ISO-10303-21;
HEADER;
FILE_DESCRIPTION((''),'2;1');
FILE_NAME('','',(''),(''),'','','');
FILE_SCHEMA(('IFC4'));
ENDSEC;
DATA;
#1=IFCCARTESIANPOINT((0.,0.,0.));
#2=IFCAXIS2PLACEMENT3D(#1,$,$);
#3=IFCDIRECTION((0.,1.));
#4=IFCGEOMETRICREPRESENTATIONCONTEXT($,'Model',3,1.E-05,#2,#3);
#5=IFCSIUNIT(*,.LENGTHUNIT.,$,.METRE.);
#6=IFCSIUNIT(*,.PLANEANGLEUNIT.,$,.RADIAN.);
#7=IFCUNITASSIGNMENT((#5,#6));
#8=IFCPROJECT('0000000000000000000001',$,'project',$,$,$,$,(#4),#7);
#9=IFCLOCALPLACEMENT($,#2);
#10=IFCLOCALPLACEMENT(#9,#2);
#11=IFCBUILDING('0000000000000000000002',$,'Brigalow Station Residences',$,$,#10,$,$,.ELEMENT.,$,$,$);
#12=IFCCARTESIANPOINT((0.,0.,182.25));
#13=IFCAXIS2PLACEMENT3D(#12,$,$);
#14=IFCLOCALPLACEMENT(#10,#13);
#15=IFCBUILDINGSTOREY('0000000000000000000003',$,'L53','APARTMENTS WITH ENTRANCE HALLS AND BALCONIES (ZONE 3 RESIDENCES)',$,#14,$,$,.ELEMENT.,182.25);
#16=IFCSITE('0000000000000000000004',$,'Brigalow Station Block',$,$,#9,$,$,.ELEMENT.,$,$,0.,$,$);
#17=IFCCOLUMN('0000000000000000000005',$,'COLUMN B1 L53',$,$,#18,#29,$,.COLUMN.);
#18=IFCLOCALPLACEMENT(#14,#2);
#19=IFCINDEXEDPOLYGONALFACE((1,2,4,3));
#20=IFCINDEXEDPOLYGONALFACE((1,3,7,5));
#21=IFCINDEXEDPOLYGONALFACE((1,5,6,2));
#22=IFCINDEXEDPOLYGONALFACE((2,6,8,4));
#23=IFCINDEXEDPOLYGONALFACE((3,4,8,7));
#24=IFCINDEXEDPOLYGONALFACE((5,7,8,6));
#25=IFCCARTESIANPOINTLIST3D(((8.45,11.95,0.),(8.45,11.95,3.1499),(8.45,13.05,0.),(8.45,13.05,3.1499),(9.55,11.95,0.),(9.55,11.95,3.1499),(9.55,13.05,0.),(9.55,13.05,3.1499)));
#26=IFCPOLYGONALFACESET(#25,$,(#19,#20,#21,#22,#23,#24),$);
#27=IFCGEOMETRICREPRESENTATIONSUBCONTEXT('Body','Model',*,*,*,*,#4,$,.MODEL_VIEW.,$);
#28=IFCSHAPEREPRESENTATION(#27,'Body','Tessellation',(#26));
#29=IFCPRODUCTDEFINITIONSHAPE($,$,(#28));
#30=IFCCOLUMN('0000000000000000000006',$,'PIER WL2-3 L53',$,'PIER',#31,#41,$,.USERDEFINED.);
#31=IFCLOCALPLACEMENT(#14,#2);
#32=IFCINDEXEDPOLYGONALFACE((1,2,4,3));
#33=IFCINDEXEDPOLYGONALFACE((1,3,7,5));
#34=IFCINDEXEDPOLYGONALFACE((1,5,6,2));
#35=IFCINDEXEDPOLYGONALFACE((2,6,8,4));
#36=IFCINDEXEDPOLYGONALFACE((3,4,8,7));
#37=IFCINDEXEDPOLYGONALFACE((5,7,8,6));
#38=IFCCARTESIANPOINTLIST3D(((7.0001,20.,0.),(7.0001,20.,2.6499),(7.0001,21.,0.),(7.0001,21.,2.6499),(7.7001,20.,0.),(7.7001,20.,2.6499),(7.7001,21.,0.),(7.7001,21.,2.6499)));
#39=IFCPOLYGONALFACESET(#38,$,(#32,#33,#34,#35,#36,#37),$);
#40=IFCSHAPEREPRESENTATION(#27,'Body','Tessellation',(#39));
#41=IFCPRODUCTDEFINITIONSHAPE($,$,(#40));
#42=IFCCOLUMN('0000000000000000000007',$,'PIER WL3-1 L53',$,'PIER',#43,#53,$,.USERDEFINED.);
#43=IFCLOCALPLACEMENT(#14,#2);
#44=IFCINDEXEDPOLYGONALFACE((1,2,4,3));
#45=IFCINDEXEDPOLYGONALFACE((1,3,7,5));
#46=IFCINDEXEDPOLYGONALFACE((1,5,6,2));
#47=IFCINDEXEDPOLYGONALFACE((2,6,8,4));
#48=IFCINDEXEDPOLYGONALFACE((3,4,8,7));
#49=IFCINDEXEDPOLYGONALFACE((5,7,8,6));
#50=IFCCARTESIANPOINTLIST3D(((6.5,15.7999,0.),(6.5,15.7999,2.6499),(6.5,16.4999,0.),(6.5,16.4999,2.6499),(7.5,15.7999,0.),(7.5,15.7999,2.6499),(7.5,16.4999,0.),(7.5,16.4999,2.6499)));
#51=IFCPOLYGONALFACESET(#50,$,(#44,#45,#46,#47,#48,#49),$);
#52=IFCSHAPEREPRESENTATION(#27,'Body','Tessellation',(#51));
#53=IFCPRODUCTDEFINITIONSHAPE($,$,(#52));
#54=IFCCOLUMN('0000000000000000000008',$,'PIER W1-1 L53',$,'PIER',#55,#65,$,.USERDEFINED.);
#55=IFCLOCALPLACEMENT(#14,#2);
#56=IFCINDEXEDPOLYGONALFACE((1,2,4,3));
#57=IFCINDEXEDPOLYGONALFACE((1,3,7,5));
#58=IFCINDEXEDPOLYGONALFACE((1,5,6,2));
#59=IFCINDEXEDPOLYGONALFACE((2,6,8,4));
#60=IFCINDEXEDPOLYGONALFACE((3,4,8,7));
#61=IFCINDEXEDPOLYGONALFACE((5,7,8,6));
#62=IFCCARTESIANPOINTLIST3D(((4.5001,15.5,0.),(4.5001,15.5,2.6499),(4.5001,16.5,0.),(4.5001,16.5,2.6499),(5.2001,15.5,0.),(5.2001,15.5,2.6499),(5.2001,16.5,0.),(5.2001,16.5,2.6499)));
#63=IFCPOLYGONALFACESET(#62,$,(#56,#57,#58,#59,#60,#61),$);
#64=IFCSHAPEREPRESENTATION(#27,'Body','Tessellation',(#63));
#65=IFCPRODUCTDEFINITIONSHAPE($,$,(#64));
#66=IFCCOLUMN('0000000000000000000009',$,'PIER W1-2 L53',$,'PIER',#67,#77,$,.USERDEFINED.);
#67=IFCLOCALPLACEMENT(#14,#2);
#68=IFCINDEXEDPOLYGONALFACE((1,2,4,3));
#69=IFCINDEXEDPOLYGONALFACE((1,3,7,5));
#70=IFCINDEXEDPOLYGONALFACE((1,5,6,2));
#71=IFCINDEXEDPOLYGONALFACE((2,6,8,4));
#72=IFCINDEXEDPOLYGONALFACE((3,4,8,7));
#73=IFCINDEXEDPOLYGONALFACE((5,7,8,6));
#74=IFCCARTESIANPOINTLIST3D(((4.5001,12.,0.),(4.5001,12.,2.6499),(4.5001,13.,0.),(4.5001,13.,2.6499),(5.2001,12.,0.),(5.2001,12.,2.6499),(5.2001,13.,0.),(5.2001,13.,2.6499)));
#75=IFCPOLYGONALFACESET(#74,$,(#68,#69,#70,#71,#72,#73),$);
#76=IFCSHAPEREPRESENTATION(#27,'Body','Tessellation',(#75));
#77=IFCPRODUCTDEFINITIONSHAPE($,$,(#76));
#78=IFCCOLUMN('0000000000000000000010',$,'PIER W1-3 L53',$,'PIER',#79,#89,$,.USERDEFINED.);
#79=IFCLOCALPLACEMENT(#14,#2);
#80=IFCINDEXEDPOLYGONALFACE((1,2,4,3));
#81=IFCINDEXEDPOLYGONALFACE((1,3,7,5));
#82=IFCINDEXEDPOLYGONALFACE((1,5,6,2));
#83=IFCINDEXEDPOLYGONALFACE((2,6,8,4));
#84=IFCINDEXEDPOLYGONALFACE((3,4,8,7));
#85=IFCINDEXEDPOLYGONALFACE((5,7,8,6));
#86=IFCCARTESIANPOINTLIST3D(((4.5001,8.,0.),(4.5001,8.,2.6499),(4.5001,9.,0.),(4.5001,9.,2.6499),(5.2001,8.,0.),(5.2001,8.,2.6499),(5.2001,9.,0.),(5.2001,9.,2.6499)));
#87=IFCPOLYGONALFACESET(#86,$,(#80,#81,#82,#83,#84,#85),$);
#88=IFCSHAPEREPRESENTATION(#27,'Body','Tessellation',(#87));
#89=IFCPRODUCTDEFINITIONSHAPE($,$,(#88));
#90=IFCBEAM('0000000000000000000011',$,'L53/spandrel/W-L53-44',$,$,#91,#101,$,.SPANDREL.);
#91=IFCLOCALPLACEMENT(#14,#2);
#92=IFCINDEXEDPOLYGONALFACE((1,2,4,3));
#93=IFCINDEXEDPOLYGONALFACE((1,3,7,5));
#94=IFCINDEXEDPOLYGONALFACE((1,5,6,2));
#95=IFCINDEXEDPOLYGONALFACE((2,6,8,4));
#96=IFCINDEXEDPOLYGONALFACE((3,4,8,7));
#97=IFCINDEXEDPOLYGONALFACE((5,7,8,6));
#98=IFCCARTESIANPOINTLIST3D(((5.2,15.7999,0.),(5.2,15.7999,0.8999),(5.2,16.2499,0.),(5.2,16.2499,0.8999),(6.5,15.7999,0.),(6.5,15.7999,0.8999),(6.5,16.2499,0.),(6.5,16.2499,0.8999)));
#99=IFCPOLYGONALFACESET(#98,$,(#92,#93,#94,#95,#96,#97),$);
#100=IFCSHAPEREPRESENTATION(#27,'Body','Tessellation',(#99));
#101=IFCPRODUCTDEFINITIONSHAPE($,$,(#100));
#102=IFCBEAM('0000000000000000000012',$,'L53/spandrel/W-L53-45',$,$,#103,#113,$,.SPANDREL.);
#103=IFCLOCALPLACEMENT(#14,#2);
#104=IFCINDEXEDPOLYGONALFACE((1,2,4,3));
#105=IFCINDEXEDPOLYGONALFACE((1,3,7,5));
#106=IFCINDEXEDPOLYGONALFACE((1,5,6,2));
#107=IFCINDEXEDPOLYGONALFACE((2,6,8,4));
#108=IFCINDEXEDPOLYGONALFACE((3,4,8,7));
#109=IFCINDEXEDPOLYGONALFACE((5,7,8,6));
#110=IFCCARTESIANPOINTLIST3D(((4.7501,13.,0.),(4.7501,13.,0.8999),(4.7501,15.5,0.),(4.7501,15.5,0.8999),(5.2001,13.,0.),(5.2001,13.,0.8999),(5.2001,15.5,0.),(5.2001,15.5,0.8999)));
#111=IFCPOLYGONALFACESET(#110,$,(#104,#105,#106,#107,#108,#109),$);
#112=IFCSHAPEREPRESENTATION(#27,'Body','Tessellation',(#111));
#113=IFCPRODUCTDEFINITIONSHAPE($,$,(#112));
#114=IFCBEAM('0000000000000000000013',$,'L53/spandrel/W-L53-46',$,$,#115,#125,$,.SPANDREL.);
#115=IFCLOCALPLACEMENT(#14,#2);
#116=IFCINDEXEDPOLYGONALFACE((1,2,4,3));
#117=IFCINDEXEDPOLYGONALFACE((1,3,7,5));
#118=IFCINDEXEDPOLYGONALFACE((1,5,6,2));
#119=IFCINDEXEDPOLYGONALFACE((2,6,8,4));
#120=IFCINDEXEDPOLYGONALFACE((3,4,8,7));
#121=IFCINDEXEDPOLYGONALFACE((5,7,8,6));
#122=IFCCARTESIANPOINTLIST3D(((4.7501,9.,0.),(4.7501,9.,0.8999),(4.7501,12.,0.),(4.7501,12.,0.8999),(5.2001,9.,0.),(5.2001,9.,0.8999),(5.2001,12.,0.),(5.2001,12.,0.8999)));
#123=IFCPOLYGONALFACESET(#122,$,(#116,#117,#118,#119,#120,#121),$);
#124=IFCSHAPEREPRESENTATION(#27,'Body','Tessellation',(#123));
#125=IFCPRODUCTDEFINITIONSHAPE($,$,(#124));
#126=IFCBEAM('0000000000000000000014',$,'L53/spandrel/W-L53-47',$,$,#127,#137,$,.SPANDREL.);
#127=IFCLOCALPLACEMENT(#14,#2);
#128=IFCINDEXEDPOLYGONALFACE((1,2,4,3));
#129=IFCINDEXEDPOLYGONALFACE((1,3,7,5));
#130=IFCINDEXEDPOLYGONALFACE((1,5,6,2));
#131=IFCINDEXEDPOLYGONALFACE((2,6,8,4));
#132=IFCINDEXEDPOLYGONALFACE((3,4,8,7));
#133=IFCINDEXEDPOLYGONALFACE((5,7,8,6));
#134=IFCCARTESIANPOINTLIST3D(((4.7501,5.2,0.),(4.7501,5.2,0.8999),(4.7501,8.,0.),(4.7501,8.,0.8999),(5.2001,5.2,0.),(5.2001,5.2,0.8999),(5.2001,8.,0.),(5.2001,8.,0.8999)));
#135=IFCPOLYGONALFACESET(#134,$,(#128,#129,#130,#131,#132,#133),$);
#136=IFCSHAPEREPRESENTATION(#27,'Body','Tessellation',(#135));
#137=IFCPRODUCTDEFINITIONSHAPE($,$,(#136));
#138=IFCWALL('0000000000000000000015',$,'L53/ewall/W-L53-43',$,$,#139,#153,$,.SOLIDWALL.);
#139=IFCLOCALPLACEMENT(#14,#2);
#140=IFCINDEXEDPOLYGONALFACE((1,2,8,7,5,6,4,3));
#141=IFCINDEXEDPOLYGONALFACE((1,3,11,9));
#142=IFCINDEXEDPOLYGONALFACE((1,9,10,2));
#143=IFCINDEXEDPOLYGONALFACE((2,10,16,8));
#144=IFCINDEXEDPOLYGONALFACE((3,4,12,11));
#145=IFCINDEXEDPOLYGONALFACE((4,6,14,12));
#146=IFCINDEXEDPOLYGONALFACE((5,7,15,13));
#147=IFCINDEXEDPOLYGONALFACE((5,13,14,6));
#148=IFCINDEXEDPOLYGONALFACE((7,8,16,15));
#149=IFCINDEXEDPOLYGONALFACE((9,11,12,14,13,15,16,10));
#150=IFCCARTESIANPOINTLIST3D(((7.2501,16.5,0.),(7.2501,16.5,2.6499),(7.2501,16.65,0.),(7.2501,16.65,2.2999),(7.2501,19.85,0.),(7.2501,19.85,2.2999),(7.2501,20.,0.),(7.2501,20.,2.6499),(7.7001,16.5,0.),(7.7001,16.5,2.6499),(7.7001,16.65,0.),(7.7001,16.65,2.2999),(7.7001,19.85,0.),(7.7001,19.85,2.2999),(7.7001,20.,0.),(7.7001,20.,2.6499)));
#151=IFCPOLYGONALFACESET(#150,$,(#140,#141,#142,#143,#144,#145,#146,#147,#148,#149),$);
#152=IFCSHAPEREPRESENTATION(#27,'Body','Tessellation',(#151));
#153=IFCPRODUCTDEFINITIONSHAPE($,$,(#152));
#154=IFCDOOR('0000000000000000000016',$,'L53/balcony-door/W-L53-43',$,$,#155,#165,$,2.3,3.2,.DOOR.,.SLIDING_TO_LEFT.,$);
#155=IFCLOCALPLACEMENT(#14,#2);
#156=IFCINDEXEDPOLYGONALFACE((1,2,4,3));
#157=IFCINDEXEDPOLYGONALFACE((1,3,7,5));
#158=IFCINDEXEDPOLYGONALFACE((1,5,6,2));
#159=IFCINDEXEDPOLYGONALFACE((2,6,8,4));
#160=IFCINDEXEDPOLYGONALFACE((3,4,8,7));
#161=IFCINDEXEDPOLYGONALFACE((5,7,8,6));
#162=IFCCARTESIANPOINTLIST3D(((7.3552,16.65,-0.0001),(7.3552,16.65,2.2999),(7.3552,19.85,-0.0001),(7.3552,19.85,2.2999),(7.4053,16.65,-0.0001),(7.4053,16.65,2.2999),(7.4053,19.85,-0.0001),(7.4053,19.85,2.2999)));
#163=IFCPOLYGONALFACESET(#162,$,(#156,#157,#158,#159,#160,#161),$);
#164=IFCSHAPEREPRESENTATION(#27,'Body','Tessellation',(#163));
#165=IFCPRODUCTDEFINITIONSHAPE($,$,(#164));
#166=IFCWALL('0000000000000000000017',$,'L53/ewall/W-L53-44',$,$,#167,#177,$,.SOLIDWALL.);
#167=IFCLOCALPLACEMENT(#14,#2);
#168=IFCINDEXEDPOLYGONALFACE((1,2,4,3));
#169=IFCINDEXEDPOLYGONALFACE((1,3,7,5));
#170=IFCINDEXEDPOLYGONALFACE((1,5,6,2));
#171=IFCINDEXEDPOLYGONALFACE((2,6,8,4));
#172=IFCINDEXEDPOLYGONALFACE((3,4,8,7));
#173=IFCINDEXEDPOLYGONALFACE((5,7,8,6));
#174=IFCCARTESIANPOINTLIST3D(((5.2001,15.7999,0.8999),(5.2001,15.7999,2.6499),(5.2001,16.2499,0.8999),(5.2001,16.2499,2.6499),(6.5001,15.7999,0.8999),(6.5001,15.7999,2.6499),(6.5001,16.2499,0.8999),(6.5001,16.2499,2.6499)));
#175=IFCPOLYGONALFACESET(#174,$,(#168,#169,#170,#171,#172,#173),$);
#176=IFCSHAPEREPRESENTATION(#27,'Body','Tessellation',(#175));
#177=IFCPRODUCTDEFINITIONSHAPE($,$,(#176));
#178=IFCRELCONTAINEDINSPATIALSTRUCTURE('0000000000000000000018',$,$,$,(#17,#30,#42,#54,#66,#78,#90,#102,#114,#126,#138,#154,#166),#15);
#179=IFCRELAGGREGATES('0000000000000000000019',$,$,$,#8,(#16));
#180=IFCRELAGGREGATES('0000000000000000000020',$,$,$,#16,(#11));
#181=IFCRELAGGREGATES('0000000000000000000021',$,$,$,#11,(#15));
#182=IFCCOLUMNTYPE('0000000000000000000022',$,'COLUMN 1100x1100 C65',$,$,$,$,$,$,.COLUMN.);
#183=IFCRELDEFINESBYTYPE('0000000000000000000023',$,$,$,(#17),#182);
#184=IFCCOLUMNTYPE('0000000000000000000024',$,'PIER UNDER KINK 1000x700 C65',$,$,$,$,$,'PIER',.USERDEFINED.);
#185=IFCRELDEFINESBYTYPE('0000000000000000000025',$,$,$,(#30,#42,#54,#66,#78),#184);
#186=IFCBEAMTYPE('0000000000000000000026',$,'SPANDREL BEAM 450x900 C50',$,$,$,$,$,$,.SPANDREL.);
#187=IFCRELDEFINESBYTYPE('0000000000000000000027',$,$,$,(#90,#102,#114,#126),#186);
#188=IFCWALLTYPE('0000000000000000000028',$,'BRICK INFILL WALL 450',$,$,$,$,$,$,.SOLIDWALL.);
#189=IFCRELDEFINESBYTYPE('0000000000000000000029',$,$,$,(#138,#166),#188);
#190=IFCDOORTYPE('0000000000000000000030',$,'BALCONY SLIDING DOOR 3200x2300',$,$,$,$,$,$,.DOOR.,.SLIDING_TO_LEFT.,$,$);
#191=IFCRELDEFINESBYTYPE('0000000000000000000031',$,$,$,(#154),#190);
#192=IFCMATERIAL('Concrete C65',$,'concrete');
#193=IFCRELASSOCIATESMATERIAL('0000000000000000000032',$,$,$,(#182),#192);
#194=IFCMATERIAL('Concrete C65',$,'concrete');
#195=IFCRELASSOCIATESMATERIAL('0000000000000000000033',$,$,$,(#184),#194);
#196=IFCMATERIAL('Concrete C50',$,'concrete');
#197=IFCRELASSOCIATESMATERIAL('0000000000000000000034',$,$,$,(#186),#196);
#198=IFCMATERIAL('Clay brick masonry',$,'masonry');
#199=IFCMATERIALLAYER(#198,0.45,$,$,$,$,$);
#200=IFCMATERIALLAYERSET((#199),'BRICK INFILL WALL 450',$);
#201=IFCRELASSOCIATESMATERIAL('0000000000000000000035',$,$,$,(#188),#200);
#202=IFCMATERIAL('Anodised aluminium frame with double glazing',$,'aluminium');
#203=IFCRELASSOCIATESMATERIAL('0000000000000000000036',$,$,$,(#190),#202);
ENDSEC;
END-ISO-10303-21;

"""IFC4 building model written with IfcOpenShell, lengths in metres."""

from ifc_helpers import new_model, si_unit, direction, frame, frame_2d, origin, origin_2d, place, context, subcontext, project, spatial, rectangle, extrude, material, layer, layer_set, material_profile, profile_set, type_object, element, fill, save


model = new_model("IFC4")

# Units and contexts
model_context = context("Model", 3, precision=1e-05, world=origin(), true_north=direction((0.0, 1.0)))
body_context = subcontext(model_context, "Body", "Model", "MODEL_VIEW")
ifc_project = project(units=[si_unit("LENGTHUNIT", "METRE"), si_unit("PLANEANGLEUNIT", "RADIAN")], contexts=[model_context])

# Site, building, storey
site_placement = place(None, origin())
site = spatial("IfcSite", under=ifc_project, at=site_placement, Name="Brigalow Station Block", CompositionType="ELEMENT", RefElevation=0.0)
building_placement = place(site_placement, origin())
building = spatial("IfcBuilding", under=site, at=building_placement, Name="Brigalow Station Residences", CompositionType="ELEMENT")
storey_placement = place(building_placement, frame((0.0, 0.0, 182.25)))
storey = spatial("IfcBuildingStorey", under=building, at=storey_placement, Name="L53", Description="APARTMENTS WITH ENTRANCE HALLS AND BALCONIES (ZONE 3 RESIDENCES)", CompositionType="ELEMENT", Elevation=182.25)

# Columns
ifc_material_1 = material(Name="Concrete C65", Category="concrete")
ifc_material_profile_1 = material_profile(ifc_material_1, rectangle(XDim=1.1001, YDim=1.1001, at=origin_2d()), Name="RC1100x1100")
ifc_profile_set_1 = profile_set([ifc_material_profile_1], Name="Concrete C65")
column_type_1 = type_object("IfcColumnType", Name="COLUMN 1100x1100 C65", PredefinedType="COLUMN", material=ifc_profile_set_1)
column_placement = place(storey_placement, frame((9.0, 12.5, 0.0), z_axis=(0.0, 0.0, 1.0), x_axis=(1.0, 0.0, 0.0)))
element("IfcColumn", 1, at=column_placement, inside=storey, type_object=column_type_1, Name="COLUMN B1 L53", PredefinedType="COLUMN", context=body_context, shape_type="SweptSolid", body=[
    extrude(rectangle(XDim=1.1001, YDim=1.1001, at=origin_2d()), origin(), (0.0, 0.0, 1.0), 3.1499),
])
ifc_material_2 = material(Name="Concrete C65", Category="concrete")
ifc_material_profile_2 = material_profile(ifc_material_2, rectangle(XDim=1.0, YDim=0.7, at=origin_2d()), Name="RC1000x700")
ifc_profile_set_2 = profile_set([ifc_material_profile_2], Name="Concrete C65")
column_type_2 = type_object("IfcColumnType", Name="PIER UNDER KINK 1000x700 C65", ElementType="PIER", PredefinedType="USERDEFINED", material=ifc_profile_set_2)
for number, where, z_axis, x_axis, name in (
    (2, (7.3501, 20.5, 0.0), (0.0, 0.0, 1.0), (0.0, -1.0, 0.0), "PIER WL2-3 L53"),
    (3, (7.0, 16.1499, 0.0), (0.0, 0.0, 1.0), (-1.0, 0.0, 0.0), "PIER WL3-1 L53"),
    (4, (4.8501, 16.0, 0.0), (0.0, 0.0, 1.0), (0.0, -1.0, 0.0), "PIER W1-1 L53"),
    (5, (4.8501, 12.5, 0.0), (0.0, 0.0, 1.0), (0.0, -1.0, 0.0), "PIER W1-2 L53"),
    (6, (4.8501, 8.5, 0.0), (0.0, 0.0, 1.0), (0.0, -1.0, 0.0), "PIER W1-3 L53"),
):
    element("IfcColumn", number, at=place(storey_placement, frame(where, z_axis=z_axis, x_axis=x_axis)), inside=storey, type_object=column_type_2, Name=name, ObjectType="PIER", PredefinedType="USERDEFINED", context=body_context, shape_type="SweptSolid", body=[
        extrude(rectangle(XDim=1.0, YDim=0.7, at=origin_2d()), origin(), (0.0, 0.0, 1.0), 2.6499),
    ])

# Beams
ifc_material_3 = material(Name="Concrete C50", Category="concrete")
ifc_material_profile_3 = material_profile(ifc_material_3, rectangle(XDim=0.45, YDim=0.8999, at=origin_2d()), Name="RC450x900")
ifc_profile_set_3 = profile_set([ifc_material_profile_3], Name="Concrete C50")
beam_type = type_object("IfcBeamType", Name="SPANDREL BEAM 450x900 C50", PredefinedType="SPANDREL", material=ifc_profile_set_3)
beam_1_placement = place(storey_placement, frame((6.5, 16.0249, 0.45), z_axis=(-1.0, 0.0, 0.0), x_axis=(0.0, -1.0, 0.0)))
element("IfcBeam", 7, at=beam_1_placement, inside=storey, type_object=beam_type, Name="L53/spandrel/W-L53-44", PredefinedType="SPANDREL", context=body_context, shape_type="SweptSolid", body=[
    extrude(rectangle(XDim=0.45, YDim=0.8999, at=origin_2d()), origin(), (0.0, 0.0, 1.0), 1.3),
])
beam_2_placement = place(storey_placement, frame((4.9751, 15.5, 0.45), z_axis=(0.0, -1.0, 0.0), x_axis=(1.0, 0.0, 0.0)))
element("IfcBeam", 8, at=beam_2_placement, inside=storey, type_object=beam_type, Name="L53/spandrel/W-L53-45", PredefinedType="SPANDREL", context=body_context, shape_type="SweptSolid", body=[
    extrude(rectangle(XDim=0.45, YDim=0.8999, at=origin_2d()), origin(), (0.0, 0.0, 1.0), 2.5),
])
beam_3_placement = place(storey_placement, frame((4.9751, 12.0, 0.45), z_axis=(0.0, -1.0, 0.0), x_axis=(1.0, 0.0, 0.0)))
element("IfcBeam", 9, at=beam_3_placement, inside=storey, type_object=beam_type, Name="L53/spandrel/W-L53-46", PredefinedType="SPANDREL", context=body_context, shape_type="SweptSolid", body=[
    extrude(rectangle(XDim=0.45, YDim=0.8999, at=origin_2d()), origin(), (0.0, 0.0, 1.0), 3.0),
])
beam_4_placement = place(storey_placement, frame((4.9751, 8.0, 0.45), z_axis=(0.0, -1.0, 0.0), x_axis=(1.0, 0.0, 0.0)))
element("IfcBeam", 10, at=beam_4_placement, inside=storey, type_object=beam_type, Name="L53/spandrel/W-L53-47", PredefinedType="SPANDREL", context=body_context, shape_type="SweptSolid", body=[
    extrude(rectangle(XDim=0.45, YDim=0.8999, at=origin_2d()), origin(), (0.0, 0.0, 1.0), 2.8),
])

# Wall, opening, door
ifc_material_4 = material(Name="Clay brick masonry", Category="masonry")
ifc_layer_1 = layer(ifc_material_4, 0.45)
ifc_layer_set_1 = layer_set([ifc_layer_1], Name="BRICK INFILL WALL 450")
wall_type_1 = type_object("IfcWallType", Name="BRICK INFILL WALL 450", PredefinedType="SOLIDWALL", material=ifc_layer_set_1)
wall_1_placement = place(storey_placement, frame((7.4751, 20.0, 0.0), z_axis=(0.0, 0.0, 1.0), x_axis=(0.0, -1.0, 0.0)))
wall_1 = element("IfcWall", 11, at=wall_1_placement, inside=storey, type_object=wall_type_1, Name="L53/ewall/W-L53-43", PredefinedType="SOLIDWALL", context=body_context, shape_type="SweptSolid", body=[
    extrude(rectangle(XDim=3.5, YDim=0.45, at=frame_2d((1.75, 0.0))), origin(), (0.0, 0.0, 1.0), 2.6499),
])
opening_1_placement = place(wall_1_placement, frame((0.1499, 0.0, 0.0)))
opening_1 = element("IfcOpeningElement", 12, at=opening_1_placement, cuts=wall_1, PredefinedType="OPENING", context=body_context, shape_type="SweptSolid", body=[
    extrude(rectangle(XDim=3.2, YDim=2.3, at=frame_2d((1.6001, 1.1499))), frame((0.0, 0.2349, 0.0), z_axis=(0.0, -1.0, 0.0), x_axis=(1.0, 0.0, 0.0)), (0.0, 0.0, 1.0), 0.47),
])
ifc_material_5 = material(Name="Anodised aluminium frame with double glazing", Category="aluminium")
door_type_1 = type_object("IfcDoorType", Name="BALCONY SLIDING DOOR 3200x2300", OperationType="SLIDING_TO_LEFT", PredefinedType="DOOR", material=ifc_material_5)
door_1_placement = place(opening_1_placement, origin())
door_1 = element("IfcDoor", 13, at=door_1_placement, inside=storey, type_object=door_type_1, Name="L53/balcony-door/W-L53-43", OperationType="SLIDING_TO_LEFT", OverallHeight=2.3, OverallWidth=3.2, PredefinedType="DOOR", context=body_context, shape_type="SweptSolid", body=[
    extrude(rectangle(XDim=3.2, YDim=2.3, at=frame_2d((1.6001, 1.1499))), frame((0.0, -0.0698, 0.0), z_axis=(0.0, -1.0, 0.0), x_axis=(1.0, 0.0, 0.0)), (0.0, 0.0, 1.0), 0.05),
])
fill(opening_1, door_1)

# Wall
wall_2_placement = place(storey_placement, frame((6.5, 16.0249, 0.8999), z_axis=(0.0, 0.0, 1.0), x_axis=(-1.0, 0.0, 0.0)))
element("IfcWall", 14, at=wall_2_placement, inside=storey, type_object=wall_type_1, Name="L53/ewall/W-L53-44", PredefinedType="SOLIDWALL", context=body_context, shape_type="SweptSolid", body=[
    extrude(rectangle(XDim=1.3, YDim=0.45, at=frame_2d((0.6499, 0.0))), origin(), (0.0, 0.0, 1.0), 1.75),
])

save(model, "model.ifc")
